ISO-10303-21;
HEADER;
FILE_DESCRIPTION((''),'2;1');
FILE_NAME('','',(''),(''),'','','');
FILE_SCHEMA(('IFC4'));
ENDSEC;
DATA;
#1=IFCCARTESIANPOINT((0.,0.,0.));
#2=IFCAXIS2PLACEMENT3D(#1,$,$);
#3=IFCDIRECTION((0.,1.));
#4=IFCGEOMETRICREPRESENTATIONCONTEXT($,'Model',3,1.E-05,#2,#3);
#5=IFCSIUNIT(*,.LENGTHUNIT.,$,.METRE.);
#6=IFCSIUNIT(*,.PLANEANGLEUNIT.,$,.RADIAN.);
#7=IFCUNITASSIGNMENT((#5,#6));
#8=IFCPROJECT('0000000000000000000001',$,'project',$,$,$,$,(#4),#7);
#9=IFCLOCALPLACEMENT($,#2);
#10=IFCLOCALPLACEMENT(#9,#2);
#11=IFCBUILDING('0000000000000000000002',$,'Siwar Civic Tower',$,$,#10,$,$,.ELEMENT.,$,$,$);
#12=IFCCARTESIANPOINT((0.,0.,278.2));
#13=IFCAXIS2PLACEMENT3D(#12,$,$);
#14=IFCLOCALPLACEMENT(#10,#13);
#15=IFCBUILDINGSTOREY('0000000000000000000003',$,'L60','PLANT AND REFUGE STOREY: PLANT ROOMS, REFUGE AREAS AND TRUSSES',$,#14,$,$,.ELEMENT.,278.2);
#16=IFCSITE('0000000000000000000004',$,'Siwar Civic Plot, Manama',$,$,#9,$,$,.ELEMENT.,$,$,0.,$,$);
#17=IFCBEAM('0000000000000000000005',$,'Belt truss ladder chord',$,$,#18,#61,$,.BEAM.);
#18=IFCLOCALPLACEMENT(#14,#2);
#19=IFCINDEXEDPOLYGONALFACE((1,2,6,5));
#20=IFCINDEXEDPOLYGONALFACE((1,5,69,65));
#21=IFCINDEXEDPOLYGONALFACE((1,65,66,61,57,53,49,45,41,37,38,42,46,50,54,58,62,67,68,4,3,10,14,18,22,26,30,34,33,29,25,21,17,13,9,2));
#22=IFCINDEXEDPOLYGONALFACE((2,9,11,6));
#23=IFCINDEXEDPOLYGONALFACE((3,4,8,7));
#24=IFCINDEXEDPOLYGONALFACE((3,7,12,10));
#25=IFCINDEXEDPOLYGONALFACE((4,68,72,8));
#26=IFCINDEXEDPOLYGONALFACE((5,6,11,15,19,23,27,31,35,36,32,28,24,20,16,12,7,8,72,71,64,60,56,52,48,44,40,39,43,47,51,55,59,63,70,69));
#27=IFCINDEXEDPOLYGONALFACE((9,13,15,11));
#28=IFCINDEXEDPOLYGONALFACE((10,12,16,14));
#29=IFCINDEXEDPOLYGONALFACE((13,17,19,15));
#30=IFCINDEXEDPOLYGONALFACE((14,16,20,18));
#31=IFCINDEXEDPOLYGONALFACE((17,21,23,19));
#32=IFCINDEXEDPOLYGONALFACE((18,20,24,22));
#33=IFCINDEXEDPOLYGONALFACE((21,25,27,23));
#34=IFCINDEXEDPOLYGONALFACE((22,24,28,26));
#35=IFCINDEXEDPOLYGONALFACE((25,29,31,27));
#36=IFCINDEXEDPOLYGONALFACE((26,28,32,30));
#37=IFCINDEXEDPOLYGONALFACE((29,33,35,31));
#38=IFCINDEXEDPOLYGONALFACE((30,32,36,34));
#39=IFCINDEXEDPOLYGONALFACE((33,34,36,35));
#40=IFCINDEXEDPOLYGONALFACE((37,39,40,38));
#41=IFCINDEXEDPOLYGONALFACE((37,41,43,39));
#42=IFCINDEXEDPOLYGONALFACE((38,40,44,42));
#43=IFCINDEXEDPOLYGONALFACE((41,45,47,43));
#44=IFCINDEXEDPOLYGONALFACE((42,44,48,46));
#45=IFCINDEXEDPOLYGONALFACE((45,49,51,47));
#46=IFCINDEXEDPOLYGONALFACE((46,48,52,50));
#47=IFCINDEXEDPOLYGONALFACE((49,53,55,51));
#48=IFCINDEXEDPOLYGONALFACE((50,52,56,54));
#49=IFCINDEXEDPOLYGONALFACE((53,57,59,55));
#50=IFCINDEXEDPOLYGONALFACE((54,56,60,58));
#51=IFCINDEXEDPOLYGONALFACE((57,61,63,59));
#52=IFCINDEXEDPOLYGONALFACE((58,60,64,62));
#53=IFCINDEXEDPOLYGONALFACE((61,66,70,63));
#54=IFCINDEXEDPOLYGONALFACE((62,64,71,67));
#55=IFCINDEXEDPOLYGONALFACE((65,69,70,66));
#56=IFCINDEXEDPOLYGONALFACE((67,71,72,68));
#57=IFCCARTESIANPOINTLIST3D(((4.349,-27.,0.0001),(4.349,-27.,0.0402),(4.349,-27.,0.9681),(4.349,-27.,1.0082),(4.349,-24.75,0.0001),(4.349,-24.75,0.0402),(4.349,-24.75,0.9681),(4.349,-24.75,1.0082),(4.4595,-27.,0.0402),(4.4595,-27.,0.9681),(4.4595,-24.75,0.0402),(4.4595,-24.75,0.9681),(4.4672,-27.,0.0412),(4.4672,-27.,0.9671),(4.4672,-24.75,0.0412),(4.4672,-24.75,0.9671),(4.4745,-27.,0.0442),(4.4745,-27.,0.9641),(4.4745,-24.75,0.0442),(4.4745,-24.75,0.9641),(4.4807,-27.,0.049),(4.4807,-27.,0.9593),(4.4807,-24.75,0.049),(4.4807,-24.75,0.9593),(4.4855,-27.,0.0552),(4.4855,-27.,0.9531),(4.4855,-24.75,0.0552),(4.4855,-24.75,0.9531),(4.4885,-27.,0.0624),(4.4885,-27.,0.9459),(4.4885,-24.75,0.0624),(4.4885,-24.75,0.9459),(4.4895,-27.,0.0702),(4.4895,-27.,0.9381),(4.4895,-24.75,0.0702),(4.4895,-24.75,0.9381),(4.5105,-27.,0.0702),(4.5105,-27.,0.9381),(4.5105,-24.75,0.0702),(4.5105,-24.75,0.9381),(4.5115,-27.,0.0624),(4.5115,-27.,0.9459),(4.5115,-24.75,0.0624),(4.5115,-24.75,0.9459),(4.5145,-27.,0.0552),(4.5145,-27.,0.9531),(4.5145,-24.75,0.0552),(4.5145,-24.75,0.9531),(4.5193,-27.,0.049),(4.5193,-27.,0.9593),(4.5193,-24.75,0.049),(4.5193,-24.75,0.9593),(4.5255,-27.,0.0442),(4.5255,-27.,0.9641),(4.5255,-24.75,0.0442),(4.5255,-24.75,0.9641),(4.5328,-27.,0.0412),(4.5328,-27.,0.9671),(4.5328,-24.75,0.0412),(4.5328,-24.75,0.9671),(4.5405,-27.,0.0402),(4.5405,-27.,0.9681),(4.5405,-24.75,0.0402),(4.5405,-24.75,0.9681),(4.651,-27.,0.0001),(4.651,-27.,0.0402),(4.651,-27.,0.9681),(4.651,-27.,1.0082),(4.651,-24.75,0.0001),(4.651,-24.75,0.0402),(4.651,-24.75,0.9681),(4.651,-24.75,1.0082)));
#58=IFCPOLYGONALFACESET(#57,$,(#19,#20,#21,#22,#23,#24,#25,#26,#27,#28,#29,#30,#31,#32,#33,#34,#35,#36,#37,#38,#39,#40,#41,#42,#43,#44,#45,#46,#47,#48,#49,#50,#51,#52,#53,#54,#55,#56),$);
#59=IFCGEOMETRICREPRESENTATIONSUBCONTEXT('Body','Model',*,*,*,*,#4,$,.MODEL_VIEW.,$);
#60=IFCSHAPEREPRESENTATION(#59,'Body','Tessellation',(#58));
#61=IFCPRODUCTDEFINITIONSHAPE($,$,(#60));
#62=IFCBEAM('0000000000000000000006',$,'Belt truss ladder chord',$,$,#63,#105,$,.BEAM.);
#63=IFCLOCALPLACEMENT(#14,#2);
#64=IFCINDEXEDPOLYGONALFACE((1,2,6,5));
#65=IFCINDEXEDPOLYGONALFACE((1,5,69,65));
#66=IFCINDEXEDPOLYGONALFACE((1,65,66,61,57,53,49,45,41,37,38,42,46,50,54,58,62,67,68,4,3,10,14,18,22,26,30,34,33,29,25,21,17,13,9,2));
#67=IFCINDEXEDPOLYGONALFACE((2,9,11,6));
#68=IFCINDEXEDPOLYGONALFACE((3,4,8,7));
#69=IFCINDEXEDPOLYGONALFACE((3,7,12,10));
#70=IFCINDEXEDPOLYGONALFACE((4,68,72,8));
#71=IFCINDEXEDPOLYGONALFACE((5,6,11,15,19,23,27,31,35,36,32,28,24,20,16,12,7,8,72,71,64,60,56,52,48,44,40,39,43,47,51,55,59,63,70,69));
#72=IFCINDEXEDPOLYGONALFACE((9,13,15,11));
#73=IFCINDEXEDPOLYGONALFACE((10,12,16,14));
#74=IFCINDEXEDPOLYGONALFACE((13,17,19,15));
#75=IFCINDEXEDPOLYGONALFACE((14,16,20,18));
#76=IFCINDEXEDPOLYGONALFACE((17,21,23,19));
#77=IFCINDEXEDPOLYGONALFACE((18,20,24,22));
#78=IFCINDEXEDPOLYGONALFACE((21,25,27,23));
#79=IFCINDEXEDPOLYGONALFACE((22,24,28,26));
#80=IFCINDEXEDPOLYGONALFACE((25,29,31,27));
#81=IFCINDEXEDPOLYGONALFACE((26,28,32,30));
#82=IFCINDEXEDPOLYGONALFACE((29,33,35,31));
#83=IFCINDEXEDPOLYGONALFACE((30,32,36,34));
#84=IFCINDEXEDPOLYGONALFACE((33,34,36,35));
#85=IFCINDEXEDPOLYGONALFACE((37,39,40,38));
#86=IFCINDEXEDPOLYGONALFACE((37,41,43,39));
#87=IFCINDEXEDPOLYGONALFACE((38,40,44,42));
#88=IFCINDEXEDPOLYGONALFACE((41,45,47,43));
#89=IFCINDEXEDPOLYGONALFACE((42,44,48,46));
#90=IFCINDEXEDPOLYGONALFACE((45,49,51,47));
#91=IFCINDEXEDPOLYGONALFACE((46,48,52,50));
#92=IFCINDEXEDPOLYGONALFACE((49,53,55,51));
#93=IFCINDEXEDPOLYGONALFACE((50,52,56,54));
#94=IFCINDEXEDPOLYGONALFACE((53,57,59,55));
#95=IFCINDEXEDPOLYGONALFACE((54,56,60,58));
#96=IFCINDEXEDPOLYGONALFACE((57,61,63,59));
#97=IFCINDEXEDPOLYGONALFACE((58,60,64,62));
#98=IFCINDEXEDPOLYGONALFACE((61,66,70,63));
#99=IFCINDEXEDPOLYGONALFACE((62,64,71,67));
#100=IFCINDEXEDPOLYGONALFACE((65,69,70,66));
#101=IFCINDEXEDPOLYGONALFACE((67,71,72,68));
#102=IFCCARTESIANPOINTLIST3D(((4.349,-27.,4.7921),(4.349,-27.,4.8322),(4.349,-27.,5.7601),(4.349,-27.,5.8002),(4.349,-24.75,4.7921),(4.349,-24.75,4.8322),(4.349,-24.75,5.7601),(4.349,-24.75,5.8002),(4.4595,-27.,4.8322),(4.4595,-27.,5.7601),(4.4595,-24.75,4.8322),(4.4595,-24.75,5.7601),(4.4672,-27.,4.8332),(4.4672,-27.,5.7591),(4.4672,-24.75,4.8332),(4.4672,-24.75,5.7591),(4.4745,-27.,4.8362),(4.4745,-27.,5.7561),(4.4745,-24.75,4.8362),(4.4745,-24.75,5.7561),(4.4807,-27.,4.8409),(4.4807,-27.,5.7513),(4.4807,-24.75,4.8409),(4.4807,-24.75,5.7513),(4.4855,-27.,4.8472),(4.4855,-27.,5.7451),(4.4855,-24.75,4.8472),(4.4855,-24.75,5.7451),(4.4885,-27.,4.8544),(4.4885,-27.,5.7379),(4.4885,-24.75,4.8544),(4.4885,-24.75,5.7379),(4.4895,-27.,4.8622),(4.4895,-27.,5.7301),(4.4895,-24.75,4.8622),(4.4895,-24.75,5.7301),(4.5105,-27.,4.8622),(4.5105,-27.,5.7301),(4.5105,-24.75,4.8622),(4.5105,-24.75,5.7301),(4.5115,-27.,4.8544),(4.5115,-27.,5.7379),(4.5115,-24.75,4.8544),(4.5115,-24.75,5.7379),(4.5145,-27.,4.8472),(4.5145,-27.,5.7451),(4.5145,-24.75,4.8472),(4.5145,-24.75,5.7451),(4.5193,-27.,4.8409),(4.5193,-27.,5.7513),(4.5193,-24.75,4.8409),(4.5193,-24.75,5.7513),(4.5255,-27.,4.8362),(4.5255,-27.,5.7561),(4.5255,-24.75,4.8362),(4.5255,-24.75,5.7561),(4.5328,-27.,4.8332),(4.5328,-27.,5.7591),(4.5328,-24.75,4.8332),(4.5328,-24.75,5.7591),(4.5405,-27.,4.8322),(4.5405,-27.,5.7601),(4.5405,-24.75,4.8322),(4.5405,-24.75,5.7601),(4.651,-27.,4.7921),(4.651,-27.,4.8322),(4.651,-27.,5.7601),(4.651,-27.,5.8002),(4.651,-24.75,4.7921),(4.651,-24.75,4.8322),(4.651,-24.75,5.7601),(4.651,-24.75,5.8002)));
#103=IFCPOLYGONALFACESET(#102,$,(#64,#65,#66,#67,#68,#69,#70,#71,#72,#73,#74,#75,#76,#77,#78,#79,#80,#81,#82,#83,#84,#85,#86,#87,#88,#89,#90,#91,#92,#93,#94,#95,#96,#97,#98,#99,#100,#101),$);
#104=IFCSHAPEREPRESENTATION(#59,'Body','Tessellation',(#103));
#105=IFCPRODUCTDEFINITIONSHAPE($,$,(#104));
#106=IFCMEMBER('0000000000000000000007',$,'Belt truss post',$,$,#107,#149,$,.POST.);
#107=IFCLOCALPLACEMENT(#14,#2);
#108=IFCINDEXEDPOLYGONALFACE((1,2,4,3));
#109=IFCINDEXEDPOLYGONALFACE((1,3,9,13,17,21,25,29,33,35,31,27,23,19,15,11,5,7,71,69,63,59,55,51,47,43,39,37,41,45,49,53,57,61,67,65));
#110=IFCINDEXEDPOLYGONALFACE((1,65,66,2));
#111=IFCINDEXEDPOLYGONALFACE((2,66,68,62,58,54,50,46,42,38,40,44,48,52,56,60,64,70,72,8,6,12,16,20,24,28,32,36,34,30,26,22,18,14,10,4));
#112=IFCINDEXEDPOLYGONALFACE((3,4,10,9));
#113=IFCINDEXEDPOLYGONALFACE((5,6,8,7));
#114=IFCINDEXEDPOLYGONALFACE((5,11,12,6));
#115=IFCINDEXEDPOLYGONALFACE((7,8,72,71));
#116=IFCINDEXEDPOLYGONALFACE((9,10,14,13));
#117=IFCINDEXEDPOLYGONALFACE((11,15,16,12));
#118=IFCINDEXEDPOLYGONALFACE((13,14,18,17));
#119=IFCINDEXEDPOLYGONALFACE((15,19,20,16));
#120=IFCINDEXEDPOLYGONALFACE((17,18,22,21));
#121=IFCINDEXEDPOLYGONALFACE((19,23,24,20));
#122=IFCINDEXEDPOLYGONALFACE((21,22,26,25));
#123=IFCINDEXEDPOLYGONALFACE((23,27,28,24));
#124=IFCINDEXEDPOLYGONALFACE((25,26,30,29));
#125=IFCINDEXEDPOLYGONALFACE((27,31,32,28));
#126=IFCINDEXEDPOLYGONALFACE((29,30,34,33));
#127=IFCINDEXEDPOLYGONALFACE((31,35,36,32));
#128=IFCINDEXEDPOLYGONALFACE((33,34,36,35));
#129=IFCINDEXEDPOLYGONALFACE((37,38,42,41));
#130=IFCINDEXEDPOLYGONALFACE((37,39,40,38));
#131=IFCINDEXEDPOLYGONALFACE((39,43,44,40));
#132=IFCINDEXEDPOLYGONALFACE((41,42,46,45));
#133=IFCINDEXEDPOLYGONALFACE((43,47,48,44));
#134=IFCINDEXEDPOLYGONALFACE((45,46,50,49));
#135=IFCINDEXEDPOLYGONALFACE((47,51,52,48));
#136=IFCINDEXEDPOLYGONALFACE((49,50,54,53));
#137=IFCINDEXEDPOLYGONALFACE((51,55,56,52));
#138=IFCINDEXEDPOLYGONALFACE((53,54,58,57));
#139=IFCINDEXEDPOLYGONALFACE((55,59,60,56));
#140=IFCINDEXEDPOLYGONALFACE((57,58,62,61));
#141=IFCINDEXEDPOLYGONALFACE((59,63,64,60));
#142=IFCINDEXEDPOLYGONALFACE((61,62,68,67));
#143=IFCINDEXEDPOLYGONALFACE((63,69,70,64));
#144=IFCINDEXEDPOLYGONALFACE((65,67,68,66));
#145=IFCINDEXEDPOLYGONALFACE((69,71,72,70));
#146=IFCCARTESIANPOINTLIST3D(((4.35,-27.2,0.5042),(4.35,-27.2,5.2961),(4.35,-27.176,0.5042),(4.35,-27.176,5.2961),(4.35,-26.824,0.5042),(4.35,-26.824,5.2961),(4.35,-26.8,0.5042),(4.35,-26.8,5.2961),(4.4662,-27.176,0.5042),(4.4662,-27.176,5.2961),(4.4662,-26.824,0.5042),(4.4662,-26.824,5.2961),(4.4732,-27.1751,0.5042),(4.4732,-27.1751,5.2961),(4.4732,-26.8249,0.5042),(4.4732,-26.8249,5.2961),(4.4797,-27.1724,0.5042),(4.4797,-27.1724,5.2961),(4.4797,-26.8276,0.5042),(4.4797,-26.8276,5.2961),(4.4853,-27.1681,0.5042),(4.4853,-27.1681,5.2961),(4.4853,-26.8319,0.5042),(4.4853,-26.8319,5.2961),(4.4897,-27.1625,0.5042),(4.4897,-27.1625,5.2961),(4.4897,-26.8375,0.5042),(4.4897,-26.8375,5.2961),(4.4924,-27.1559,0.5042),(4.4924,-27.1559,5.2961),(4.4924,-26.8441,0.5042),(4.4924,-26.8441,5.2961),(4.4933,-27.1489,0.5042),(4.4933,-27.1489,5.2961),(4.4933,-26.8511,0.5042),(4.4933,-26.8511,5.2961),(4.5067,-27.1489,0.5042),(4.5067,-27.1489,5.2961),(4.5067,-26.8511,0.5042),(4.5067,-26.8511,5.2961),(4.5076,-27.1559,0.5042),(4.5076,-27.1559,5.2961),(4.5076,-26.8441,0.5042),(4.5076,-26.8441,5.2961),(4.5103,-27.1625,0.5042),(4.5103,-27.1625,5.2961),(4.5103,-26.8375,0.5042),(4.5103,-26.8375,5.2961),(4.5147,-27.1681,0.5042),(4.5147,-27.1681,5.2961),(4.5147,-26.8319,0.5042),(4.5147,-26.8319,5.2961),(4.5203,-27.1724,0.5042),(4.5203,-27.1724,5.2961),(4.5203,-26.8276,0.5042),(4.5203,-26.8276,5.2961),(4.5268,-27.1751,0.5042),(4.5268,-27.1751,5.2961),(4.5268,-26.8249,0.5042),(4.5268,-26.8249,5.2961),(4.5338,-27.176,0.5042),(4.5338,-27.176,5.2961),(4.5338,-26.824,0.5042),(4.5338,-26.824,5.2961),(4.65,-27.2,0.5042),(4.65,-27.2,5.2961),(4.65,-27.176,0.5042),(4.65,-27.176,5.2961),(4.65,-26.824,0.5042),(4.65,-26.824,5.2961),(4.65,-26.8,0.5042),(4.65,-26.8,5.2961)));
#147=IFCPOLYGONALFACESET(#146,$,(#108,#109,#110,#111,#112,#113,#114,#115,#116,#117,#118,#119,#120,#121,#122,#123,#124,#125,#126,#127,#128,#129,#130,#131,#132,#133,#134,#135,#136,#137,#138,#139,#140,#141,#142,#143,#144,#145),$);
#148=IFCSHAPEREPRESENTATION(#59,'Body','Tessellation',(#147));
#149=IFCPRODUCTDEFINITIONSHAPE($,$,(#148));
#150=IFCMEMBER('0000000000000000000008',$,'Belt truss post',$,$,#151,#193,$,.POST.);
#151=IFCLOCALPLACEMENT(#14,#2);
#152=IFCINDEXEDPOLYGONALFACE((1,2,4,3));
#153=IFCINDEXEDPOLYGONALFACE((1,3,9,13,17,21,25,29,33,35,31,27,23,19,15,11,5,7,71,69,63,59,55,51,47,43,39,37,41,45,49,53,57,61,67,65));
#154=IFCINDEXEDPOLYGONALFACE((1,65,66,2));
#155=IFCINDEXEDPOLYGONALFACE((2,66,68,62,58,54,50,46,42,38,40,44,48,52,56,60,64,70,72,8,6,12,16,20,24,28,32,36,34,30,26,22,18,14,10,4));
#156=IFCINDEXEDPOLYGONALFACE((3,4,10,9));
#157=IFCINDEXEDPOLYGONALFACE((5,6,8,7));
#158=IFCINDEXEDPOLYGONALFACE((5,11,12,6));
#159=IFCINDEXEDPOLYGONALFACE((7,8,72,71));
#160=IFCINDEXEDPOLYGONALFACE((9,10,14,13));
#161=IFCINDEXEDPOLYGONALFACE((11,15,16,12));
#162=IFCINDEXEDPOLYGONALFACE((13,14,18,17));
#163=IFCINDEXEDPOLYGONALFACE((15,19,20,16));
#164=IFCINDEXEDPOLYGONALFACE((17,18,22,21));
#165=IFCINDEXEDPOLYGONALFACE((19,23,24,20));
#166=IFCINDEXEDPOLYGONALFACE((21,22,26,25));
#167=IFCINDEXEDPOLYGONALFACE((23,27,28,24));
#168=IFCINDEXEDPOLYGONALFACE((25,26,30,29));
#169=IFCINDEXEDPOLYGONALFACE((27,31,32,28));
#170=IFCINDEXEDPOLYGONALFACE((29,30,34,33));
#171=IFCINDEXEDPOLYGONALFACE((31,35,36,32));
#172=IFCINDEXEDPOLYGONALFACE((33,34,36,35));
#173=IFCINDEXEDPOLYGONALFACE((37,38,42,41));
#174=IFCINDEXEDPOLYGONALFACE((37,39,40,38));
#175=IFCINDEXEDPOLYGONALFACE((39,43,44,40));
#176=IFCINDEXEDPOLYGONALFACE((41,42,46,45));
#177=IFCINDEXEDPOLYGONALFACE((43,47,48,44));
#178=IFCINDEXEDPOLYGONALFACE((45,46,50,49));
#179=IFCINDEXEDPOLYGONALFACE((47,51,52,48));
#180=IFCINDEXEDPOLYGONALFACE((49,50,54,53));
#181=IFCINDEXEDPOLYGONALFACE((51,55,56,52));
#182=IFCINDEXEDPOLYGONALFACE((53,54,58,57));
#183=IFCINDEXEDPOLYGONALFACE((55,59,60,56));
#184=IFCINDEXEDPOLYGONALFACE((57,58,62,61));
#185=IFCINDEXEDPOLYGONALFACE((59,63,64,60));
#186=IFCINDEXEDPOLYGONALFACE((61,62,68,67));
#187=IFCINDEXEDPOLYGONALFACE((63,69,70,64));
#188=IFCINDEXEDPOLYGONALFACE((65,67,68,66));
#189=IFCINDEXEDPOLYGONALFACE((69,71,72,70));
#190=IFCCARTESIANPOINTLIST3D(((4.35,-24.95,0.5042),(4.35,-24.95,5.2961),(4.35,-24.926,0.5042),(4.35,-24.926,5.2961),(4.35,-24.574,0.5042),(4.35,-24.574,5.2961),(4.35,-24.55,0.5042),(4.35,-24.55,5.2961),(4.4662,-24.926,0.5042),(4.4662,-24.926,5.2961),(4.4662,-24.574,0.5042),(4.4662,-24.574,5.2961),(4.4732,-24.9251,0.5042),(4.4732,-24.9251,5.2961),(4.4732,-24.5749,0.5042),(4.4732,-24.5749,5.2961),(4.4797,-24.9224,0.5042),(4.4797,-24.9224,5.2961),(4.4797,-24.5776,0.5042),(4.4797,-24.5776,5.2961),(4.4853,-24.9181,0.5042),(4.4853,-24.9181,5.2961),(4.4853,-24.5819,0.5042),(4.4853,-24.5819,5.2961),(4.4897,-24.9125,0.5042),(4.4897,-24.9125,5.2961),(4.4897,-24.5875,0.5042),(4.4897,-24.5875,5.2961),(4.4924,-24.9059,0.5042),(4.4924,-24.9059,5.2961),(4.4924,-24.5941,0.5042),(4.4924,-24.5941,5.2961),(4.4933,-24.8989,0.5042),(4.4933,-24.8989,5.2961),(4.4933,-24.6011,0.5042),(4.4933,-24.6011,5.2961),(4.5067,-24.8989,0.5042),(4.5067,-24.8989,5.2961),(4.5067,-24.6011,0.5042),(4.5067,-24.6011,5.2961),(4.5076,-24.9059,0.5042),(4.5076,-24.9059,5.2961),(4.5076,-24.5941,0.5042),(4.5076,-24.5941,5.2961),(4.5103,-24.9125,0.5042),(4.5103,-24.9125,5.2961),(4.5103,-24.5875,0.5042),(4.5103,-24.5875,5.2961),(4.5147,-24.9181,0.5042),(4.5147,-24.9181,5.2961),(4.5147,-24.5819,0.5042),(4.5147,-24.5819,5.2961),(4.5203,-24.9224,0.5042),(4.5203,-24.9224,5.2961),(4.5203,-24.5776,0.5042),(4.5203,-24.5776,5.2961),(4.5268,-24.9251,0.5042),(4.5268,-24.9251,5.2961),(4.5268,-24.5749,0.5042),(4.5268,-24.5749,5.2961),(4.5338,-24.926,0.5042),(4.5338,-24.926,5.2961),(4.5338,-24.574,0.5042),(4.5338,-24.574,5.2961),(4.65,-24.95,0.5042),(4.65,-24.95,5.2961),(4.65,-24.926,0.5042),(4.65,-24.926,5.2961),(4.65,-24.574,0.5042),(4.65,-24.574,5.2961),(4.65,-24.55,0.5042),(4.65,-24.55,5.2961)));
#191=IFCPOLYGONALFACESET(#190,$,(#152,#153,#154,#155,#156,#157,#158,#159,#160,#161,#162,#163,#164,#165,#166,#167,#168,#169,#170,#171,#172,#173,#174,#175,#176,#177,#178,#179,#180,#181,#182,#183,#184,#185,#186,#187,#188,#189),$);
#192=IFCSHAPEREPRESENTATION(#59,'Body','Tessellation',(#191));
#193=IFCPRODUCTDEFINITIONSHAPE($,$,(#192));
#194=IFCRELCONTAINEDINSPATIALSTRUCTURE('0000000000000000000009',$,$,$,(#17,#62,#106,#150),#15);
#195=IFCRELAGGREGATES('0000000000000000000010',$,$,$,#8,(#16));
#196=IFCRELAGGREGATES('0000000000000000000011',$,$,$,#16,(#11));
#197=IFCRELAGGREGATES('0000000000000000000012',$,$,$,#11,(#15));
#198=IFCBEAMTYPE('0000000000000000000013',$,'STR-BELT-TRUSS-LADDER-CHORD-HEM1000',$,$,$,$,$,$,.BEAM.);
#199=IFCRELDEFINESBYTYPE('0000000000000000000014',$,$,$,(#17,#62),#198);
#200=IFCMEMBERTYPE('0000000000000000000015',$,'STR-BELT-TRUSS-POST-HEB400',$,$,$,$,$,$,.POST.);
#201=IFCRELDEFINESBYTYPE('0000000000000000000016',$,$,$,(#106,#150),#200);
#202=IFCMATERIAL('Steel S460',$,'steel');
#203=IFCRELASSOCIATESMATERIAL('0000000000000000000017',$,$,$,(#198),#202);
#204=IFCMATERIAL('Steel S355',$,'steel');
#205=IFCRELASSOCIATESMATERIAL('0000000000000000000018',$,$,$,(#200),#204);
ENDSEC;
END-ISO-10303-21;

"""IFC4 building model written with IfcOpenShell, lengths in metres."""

from ifc_helpers import new_model, si_unit, direction, frame, origin, origin_2d, place, context, subcontext, project, spatial, i_section, extrude, material, material_profile, profile_set, type_object, element, save


model = new_model("IFC4")

# Units and contexts
model_context = context("Model", 3, precision=1e-05, world=origin(), true_north=direction((0.0, 1.0)))
body_context = subcontext(model_context, "Body", "Model", "MODEL_VIEW")
ifc_project = project(units=[si_unit("LENGTHUNIT", "METRE"), si_unit("PLANEANGLEUNIT", "RADIAN")], contexts=[model_context])

# Site, building, storey
site_placement = place(None, origin())
site = spatial("IfcSite", under=ifc_project, at=site_placement, Name="Siwar Civic Plot, Manama", CompositionType="ELEMENT", RefElevation=0.0)
building_placement = place(site_placement, origin())
building = spatial("IfcBuilding", under=site, at=building_placement, Name="Siwar Civic Tower", CompositionType="ELEMENT")
storey_placement = place(building_placement, frame((0.0, 0.0, 278.2)))
storey = spatial("IfcBuildingStorey", under=building, at=storey_placement, Name="L60", Description="PLANT AND REFUGE STOREY: PLANT ROOMS, REFUGE AREAS AND TRUSSES", CompositionType="ELEMENT", Elevation=278.2)

# Beams
ifc_material_1 = material(Name="Steel S460", Category="steel")
ifc_material_profile_1 = material_profile(ifc_material_1, i_section(OverallWidth=0.302, OverallDepth=1.0081, WebThickness=0.021, FlangeThickness=0.04, FilletRadius=0.03, at=origin_2d()), Name="HEM1000")
ifc_profile_set_1 = profile_set([ifc_material_profile_1], Name="Steel S460")
beam_type_1 = type_object("IfcBeamType", Name="STR-BELT-TRUSS-LADDER-CHORD-HEM1000", PredefinedType="BEAM", material=ifc_profile_set_1)
for number, where, z_axis, x_axis, name in (
    (1, (4.5, -24.75, 0.5042), (0.0, -1.0, 0.0), (1.0, 0.0, 0.0), "Belt truss ladder chord"),
    (2, (4.5, -24.75, 5.2961), (0.0, -1.0, 0.0), (1.0, 0.0, 0.0), "Belt truss ladder chord"),
):
    element("IfcBeam", number, at=place(storey_placement, frame(where, z_axis=z_axis, x_axis=x_axis)), inside=storey, type_object=beam_type_1, Name=name, PredefinedType="BEAM", context=body_context, shape_type="SweptSolid", body=[
        extrude(i_section(OverallWidth=0.302, OverallDepth=1.0081, WebThickness=0.021, FlangeThickness=0.04, FilletRadius=0.03, at=origin_2d()), origin(), (0.0, 0.0, 1.0), 2.25),
    ])

# Members
ifc_material_2 = material(Name="Steel S355", Category="steel")
ifc_material_profile_2 = material_profile(ifc_material_2, i_section(OverallWidth=0.3, OverallDepth=0.3999, WebThickness=0.0134, FlangeThickness=0.0239, FilletRadius=0.0271, at=origin_2d()), Name="HEB400")
ifc_profile_set_2 = profile_set([ifc_material_profile_2], Name="Steel S355")
member_type_1 = type_object("IfcMemberType", Name="STR-BELT-TRUSS-POST-HEB400", PredefinedType="POST", material=ifc_profile_set_2)
for number, where, z_axis, x_axis, name in (
    (3, (4.5, -27.0, 0.5042), (0.0, 0.0, 1.0), (1.0, 0.0, 0.0), "Belt truss post"),
    (4, (4.5, -24.75, 0.5042), (0.0, 0.0, 1.0), (1.0, 0.0, 0.0), "Belt truss post"),
):
    element("IfcMember", number, at=place(storey_placement, frame(where, z_axis=z_axis, x_axis=x_axis)), inside=storey, type_object=member_type_1, Name=name, PredefinedType="POST", context=body_context, shape_type="SweptSolid", body=[
        extrude(i_section(OverallWidth=0.3, OverallDepth=0.3999, WebThickness=0.0134, FlangeThickness=0.0239, FilletRadius=0.0271, at=origin_2d()), origin(), (0.0, 0.0, 1.0), 4.792),
    ])

save(model, "model.ifc")
